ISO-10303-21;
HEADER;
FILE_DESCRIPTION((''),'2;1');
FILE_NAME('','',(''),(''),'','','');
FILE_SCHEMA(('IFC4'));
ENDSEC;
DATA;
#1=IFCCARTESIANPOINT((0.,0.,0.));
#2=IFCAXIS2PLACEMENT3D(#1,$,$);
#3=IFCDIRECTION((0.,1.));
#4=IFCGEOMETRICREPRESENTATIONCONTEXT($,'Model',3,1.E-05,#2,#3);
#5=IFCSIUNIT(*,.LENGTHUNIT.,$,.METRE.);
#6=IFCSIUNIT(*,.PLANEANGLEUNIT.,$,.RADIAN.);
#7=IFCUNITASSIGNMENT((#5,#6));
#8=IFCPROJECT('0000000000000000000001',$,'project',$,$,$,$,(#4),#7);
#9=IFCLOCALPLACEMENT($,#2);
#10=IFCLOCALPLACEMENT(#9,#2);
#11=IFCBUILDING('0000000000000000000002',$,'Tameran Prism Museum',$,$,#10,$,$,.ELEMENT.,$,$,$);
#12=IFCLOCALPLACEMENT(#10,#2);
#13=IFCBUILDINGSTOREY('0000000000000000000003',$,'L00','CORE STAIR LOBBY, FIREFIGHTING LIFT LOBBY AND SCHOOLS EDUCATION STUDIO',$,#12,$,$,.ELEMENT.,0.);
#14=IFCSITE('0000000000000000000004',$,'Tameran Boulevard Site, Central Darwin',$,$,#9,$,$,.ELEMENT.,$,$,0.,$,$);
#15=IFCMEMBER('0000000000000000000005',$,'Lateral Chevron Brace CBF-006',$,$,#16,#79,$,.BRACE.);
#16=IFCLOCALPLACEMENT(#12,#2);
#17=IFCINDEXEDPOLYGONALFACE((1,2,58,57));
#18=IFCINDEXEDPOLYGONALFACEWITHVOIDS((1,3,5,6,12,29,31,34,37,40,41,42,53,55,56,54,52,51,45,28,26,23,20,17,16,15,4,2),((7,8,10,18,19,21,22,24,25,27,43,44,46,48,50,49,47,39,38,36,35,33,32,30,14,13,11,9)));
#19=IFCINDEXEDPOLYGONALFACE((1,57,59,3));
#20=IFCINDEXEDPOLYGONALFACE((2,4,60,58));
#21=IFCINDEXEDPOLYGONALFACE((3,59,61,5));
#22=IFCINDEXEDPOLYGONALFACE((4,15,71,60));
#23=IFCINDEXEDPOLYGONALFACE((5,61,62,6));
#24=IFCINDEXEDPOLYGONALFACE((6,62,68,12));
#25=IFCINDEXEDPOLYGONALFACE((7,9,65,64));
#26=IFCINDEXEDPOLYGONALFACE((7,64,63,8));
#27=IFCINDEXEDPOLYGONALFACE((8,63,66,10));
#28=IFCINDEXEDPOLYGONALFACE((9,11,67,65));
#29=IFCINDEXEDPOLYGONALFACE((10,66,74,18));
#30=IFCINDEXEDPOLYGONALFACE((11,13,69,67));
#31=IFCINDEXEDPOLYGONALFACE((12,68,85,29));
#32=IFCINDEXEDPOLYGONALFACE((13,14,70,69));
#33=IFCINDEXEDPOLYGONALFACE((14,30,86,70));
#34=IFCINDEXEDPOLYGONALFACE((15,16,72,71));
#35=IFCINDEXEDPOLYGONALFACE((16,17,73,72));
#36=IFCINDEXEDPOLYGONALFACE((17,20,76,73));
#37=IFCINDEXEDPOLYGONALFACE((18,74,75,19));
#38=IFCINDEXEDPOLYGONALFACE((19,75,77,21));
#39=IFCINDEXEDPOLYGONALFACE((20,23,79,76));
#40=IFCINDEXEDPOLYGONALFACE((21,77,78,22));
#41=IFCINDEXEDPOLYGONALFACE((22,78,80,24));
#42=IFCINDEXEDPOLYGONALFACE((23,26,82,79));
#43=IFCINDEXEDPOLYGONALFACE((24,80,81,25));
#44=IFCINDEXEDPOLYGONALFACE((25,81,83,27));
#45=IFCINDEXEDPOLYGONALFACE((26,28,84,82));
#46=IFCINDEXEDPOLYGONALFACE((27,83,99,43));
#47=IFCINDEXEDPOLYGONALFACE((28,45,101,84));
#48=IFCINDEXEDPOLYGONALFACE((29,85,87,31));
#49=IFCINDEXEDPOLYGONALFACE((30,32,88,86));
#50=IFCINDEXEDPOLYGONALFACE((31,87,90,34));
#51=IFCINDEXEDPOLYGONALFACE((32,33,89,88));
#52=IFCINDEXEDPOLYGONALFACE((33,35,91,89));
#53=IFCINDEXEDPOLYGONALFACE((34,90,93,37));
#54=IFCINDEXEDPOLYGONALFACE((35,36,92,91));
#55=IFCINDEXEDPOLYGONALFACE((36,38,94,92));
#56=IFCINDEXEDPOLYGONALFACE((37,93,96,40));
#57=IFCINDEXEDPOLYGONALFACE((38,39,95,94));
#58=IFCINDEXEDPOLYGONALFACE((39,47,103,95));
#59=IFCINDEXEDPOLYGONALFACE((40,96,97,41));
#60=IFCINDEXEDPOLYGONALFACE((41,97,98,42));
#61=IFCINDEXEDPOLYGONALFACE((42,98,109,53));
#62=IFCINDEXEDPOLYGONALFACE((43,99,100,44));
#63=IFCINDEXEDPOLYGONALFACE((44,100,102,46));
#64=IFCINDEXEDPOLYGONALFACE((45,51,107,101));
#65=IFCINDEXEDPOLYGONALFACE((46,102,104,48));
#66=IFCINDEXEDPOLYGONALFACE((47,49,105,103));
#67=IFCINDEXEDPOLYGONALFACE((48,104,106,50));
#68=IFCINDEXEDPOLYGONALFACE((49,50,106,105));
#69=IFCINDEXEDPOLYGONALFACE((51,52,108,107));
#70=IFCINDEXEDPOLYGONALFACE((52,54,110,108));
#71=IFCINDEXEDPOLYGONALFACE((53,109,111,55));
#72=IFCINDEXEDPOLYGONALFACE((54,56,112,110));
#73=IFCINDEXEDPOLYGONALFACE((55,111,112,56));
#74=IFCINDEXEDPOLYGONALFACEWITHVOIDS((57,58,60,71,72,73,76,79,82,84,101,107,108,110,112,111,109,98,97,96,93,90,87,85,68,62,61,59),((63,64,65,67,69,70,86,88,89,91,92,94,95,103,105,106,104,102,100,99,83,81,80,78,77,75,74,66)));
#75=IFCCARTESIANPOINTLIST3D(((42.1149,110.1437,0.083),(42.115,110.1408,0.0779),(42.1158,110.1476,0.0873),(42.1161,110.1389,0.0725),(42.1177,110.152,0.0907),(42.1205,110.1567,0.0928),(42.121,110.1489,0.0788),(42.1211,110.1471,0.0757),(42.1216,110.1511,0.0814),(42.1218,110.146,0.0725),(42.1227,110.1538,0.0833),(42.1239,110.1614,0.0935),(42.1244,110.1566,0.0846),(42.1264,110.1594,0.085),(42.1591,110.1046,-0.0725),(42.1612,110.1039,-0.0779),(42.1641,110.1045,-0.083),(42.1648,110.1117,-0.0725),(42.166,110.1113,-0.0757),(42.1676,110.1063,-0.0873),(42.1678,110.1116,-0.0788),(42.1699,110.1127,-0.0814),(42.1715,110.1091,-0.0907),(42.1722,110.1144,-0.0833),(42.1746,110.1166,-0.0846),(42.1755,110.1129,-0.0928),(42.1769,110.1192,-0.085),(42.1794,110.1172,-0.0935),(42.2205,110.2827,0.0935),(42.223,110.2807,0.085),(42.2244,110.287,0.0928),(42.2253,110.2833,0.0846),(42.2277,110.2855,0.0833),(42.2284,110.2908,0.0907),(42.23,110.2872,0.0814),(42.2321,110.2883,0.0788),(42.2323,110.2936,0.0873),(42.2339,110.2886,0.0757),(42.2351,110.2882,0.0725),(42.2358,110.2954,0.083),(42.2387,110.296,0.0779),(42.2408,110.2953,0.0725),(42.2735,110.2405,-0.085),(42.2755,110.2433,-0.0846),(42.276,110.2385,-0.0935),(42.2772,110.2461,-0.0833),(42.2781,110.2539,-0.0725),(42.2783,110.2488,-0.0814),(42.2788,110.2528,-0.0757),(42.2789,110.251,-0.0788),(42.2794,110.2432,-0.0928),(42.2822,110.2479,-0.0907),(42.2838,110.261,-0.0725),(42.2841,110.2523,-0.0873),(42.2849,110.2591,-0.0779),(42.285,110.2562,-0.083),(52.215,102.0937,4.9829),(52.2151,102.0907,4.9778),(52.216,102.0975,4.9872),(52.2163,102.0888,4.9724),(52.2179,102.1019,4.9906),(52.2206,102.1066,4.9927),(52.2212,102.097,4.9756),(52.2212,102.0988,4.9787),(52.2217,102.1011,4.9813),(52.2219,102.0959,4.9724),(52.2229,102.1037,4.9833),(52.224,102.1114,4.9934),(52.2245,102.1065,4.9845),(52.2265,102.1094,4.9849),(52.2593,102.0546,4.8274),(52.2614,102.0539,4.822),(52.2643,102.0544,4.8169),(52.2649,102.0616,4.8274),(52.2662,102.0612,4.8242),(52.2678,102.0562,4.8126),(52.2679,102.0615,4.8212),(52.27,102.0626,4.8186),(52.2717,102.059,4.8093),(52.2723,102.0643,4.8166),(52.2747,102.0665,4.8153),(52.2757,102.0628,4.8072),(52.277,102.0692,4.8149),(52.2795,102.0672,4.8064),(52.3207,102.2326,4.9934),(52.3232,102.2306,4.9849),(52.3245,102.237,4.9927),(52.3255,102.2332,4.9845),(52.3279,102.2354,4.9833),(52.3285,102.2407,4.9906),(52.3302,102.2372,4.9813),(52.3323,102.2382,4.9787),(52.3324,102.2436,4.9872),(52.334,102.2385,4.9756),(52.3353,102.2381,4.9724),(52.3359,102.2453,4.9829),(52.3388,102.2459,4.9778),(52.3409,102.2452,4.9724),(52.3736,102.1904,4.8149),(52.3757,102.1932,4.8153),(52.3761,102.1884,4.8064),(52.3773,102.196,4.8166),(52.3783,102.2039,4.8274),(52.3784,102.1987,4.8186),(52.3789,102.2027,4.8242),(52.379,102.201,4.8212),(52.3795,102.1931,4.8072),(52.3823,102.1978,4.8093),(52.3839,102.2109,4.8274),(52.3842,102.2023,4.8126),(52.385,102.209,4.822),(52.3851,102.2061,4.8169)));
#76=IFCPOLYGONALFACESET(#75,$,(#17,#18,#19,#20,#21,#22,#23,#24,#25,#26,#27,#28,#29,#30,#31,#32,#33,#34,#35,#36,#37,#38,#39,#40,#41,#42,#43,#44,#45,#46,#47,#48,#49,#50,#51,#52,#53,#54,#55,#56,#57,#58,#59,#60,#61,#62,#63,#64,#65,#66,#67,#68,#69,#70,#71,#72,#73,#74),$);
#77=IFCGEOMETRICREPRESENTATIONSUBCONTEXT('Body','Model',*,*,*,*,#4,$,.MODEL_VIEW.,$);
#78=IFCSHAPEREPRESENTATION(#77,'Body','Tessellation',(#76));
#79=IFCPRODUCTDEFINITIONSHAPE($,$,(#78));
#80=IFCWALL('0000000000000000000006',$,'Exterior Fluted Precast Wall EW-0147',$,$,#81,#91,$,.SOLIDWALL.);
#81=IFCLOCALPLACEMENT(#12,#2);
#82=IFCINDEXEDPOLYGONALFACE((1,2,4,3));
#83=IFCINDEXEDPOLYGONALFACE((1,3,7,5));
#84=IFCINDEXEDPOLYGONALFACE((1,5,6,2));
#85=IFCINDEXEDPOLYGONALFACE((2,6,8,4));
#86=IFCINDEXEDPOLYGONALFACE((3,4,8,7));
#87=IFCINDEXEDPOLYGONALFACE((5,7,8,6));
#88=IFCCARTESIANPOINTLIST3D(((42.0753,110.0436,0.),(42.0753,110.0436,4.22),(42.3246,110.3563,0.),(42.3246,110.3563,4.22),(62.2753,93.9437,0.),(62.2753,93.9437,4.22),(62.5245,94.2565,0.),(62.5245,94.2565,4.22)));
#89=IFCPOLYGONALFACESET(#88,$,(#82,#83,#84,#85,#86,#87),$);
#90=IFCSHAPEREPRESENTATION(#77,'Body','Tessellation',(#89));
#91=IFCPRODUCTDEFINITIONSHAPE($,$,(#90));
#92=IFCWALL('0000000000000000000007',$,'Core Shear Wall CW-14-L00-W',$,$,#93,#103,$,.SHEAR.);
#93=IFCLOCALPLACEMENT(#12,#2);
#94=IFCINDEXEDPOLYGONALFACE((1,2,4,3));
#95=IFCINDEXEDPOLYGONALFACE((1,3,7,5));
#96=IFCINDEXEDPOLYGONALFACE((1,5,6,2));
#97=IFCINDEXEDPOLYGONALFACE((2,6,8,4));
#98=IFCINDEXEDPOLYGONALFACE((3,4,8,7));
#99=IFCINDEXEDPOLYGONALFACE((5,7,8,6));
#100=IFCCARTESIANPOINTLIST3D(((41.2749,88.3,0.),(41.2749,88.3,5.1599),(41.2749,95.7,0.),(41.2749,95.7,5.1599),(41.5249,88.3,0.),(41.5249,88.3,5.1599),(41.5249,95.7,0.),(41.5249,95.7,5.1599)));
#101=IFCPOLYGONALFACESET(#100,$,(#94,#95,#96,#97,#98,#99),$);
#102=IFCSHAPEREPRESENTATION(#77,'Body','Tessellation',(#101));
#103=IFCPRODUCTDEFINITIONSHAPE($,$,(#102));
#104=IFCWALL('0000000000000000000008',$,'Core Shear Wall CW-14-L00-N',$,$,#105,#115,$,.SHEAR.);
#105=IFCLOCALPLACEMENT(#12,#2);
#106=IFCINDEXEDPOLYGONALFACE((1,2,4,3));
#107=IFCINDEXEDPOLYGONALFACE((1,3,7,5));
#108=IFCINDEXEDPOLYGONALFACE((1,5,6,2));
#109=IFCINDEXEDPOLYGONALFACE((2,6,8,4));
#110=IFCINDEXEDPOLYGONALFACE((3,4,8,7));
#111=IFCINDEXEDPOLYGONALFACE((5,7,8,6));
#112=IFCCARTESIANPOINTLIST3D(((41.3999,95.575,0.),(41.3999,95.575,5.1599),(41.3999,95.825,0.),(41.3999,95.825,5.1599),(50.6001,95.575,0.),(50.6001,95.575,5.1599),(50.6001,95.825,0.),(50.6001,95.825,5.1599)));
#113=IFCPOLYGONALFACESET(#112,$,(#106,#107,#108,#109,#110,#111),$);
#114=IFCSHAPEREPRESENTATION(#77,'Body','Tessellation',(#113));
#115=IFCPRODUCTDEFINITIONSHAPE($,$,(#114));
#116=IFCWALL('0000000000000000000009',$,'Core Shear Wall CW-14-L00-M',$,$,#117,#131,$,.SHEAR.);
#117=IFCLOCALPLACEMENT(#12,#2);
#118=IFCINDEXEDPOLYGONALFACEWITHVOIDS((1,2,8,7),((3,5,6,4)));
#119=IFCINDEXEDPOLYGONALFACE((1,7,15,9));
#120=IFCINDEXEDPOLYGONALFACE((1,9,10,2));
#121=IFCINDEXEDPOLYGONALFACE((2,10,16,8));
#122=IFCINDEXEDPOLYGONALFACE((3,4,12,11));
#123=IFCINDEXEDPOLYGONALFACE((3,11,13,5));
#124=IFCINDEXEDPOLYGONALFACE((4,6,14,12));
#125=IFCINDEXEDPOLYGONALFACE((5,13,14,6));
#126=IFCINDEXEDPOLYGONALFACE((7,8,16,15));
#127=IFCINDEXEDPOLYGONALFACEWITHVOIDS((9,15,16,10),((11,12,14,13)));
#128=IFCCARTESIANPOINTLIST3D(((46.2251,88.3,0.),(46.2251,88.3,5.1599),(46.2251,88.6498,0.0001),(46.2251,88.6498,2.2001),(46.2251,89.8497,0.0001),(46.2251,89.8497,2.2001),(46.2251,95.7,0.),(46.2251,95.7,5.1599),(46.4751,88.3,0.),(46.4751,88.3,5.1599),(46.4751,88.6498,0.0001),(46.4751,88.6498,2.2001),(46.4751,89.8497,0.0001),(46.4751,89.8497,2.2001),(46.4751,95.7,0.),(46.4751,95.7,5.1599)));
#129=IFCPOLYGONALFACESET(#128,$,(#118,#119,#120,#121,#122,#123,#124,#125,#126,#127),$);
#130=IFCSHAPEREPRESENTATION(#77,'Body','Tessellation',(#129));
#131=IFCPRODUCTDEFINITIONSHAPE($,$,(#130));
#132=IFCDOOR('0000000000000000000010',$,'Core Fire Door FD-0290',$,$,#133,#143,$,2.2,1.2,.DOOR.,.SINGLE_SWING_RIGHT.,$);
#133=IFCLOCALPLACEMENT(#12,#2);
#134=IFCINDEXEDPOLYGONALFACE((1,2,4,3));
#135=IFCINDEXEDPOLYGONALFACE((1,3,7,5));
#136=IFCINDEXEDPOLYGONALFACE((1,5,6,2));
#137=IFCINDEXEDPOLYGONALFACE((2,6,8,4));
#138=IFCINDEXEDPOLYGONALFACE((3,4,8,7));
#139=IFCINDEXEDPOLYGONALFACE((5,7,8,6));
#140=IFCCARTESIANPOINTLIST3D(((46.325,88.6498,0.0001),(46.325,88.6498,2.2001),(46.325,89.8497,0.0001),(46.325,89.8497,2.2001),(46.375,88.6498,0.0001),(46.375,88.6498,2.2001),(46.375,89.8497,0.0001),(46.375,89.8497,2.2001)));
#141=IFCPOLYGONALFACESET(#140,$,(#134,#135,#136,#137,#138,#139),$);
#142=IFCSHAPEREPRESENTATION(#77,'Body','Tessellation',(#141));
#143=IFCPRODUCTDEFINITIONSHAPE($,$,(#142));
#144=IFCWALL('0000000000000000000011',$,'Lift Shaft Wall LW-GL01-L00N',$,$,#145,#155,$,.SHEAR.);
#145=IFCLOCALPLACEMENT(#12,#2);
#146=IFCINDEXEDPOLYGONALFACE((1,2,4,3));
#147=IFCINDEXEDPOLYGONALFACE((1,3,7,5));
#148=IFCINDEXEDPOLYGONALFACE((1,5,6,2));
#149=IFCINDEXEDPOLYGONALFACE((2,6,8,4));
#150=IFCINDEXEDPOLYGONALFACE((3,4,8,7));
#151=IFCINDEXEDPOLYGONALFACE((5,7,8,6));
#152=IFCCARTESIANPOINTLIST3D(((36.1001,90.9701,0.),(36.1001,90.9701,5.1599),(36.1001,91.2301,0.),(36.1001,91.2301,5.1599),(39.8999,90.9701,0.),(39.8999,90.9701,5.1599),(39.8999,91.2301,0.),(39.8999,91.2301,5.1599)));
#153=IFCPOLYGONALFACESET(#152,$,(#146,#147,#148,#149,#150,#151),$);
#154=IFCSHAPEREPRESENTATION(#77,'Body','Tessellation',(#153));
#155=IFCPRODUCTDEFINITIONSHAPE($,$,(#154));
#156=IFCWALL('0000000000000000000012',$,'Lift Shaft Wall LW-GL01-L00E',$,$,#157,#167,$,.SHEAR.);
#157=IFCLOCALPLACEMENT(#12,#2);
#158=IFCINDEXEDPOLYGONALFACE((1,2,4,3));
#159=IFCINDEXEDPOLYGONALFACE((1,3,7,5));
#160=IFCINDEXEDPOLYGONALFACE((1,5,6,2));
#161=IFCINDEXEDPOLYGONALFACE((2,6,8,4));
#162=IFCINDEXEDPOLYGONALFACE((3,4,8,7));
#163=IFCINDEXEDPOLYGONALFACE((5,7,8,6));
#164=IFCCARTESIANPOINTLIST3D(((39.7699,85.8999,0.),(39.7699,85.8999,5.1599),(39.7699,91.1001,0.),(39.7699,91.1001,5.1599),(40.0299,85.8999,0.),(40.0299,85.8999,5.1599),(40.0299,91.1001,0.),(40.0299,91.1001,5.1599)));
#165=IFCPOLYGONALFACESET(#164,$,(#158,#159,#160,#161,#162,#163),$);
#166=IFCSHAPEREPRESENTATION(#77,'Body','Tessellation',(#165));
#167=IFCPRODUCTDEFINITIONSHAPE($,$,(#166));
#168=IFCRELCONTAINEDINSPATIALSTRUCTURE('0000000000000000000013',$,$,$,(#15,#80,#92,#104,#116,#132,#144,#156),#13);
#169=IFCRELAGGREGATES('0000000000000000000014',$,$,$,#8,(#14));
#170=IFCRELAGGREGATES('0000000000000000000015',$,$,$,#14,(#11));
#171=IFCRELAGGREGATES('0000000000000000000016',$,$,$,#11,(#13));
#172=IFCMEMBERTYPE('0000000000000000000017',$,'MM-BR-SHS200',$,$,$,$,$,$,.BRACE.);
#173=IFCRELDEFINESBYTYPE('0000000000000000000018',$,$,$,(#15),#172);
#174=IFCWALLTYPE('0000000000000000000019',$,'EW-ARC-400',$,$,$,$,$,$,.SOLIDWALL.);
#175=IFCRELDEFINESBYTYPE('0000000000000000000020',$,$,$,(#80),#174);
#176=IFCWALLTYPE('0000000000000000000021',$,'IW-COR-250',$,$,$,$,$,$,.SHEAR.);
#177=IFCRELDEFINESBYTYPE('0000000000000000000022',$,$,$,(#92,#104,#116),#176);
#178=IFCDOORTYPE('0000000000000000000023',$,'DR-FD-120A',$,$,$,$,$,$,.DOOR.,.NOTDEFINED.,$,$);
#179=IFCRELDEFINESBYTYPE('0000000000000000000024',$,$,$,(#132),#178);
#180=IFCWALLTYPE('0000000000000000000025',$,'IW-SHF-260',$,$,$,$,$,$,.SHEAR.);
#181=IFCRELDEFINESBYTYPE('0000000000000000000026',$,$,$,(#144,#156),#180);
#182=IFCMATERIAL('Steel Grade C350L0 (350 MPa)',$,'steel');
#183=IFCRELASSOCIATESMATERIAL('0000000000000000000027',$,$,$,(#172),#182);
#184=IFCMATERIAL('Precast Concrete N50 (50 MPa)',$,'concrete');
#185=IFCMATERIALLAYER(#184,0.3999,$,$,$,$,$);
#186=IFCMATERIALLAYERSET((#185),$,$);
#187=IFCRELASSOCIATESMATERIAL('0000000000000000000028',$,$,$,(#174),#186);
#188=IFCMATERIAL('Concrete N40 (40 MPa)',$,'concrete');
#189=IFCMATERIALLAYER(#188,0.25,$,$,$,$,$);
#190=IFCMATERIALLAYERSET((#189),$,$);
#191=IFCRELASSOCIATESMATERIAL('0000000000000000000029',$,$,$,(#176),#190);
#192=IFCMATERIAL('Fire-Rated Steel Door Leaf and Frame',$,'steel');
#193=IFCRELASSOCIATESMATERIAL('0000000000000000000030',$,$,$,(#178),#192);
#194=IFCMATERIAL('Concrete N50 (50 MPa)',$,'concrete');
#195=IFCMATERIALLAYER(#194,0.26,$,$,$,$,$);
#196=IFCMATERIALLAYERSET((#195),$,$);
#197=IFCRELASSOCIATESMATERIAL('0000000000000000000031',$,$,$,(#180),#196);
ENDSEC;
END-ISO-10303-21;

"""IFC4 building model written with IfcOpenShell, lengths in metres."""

from ifc_helpers import new_model, si_unit, direction, frame, frame_2d, origin, origin_2d, place, context, subcontext, project, spatial, rectangle, hollow_rectangle, extrude, material, layer, layer_set, material_profile, profile_set, type_object, element, fill, save


model = new_model("IFC4")

# Units and contexts
model_context = context("Model", 3, precision=1e-05, world=origin(), true_north=direction((0.0, 1.0)))
body_context = subcontext(model_context, "Body", "Model", "MODEL_VIEW")
ifc_project = project(units=[si_unit("LENGTHUNIT", "METRE"), si_unit("PLANEANGLEUNIT", "RADIAN")], contexts=[model_context])

# Site, building, storey
site_placement = place(None, origin())
site = spatial("IfcSite", under=ifc_project, at=site_placement, Name="Tameran Boulevard Site, Central Darwin", CompositionType="ELEMENT", RefElevation=0.0)
building_placement = place(site_placement, origin())
building = spatial("IfcBuilding", under=site, at=building_placement, Name="Tameran Prism Museum", CompositionType="ELEMENT")
storey_placement = place(building_placement, origin())
storey = spatial("IfcBuildingStorey", under=building, at=storey_placement, Name="L00", Description="CORE STAIR LOBBY, FIREFIGHTING LIFT LOBBY AND SCHOOLS EDUCATION STUDIO", CompositionType="ELEMENT", Elevation=0.0)

# Member
ifc_material_1 = material(Name="Steel Grade C350L0 (350 MPa)", Category="steel")
ifc_material_profile_1 = material_profile(ifc_material_1, hollow_rectangle(XDim=0.2, YDim=0.2, WallThickness=0.009, InnerFilletRadius=0.0134, OuterFilletRadius=0.0225, at=origin_2d()))
ifc_profile_set_1 = profile_set([ifc_material_profile_1])
member_type = type_object("IfcMemberType", Name="MM-BR-SHS200", PredefinedType="BRACE", material=ifc_profile_set_1)
member_placement = place(storey_placement, frame((42.2, 110.2, 0.0), z_axis=(0.731154, -0.582749, 0.354708), x_axis=(0.623276, 0.782002, 0.0)))
element("IfcMember", 1, at=member_placement, inside=storey, type_object=member_type, Name="Lateral Chevron Brace CBF-006", PredefinedType="BRACE", context=body_context, shape_type="SweptSolid", body=[
    extrude(hollow_rectangle(XDim=0.2, YDim=0.2, WallThickness=0.009, InnerFilletRadius=0.0134, OuterFilletRadius=0.0225, at=origin_2d()), origin(), (0.0, 0.0, 1.0), 13.814),
])

# Walls
ifc_material_2 = material(Name="Precast Concrete N50 (50 MPa)", Category="concrete")
ifc_layer_1 = layer(ifc_material_2, 0.3999)
ifc_layer_set_1 = layer_set([ifc_layer_1])
wall_type_1 = type_object("IfcWallType", Name="EW-ARC-400", PredefinedType="SOLIDWALL", material=ifc_layer_set_1)
wall_1_placement = place(storey_placement, frame((42.2, 110.2, 0.0), z_axis=(0.0, 0.0, 1.0), x_axis=(0.782003, -0.623275, 0.0)))
element("IfcWall", 2, at=wall_1_placement, inside=storey, type_object=wall_type_1, Name="Exterior Fluted Precast Wall EW-0147", PredefinedType="SOLIDWALL", context=body_context, shape_type="SweptSolid", body=[
    extrude(rectangle(XDim=25.8311, YDim=0.3999, at=frame_2d((12.9155, 0.0))), origin(), (0.0, 0.0, 1.0), 4.22),
])
ifc_material_3 = material(Name="Concrete N40 (40 MPa)", Category="concrete")
ifc_layer_2 = layer(ifc_material_3, 0.25)
ifc_layer_set_2 = layer_set([ifc_layer_2])
wall_type_2 = type_object("IfcWallType", Name="IW-COR-250", PredefinedType="SHEAR", material=ifc_layer_set_2)
wall_2_placement = place(storey_placement, frame((41.3999, 88.3, 0.0), z_axis=(0.0, 0.0, 1.0), x_axis=(0.0, 1.0, 0.0)))
element("IfcWall", 3, at=wall_2_placement, inside=storey, type_object=wall_type_2, Name="Core Shear Wall CW-14-L00-W", PredefinedType="SHEAR", context=body_context, shape_type="SweptSolid", body=[
    extrude(rectangle(XDim=7.3999, YDim=0.25, at=frame_2d((3.7, 0.0))), origin(), (0.0, 0.0, 1.0), 5.1599),
])
wall_3_placement = place(storey_placement, frame((41.3999, 95.7, 0.0), z_axis=(0.0, 0.0, 1.0), x_axis=(1.0, 0.0, 0.0)))
element("IfcWall", 4, at=wall_3_placement, inside=storey, type_object=wall_type_2, Name="Core Shear Wall CW-14-L00-N", PredefinedType="SHEAR", context=body_context, shape_type="SweptSolid", body=[
    extrude(rectangle(XDim=9.2002, YDim=0.25, at=frame_2d((4.6001, 0.0))), origin(), (0.0, 0.0, 1.0), 5.1599),
])

# Wall, opening, door
wall_4_placement = place(storey_placement, frame((46.3501, 95.7, 0.0), z_axis=(0.0, 0.0, 1.0), x_axis=(0.0, -1.0, 0.0)))
wall_4 = element("IfcWall", 5, at=wall_4_placement, inside=storey, type_object=wall_type_2, Name="Core Shear Wall CW-14-L00-M", PredefinedType="SHEAR", context=body_context, shape_type="SweptSolid", body=[
    extrude(rectangle(XDim=7.3999, YDim=0.25, at=frame_2d((3.7, 0.0))), origin(), (0.0, 0.0, 1.0), 5.1599),
])
opening_1_placement = place(wall_4_placement, frame((5.8501, 0.0, 0.0)))
opening_1 = element("IfcOpeningElement", 6, at=opening_1_placement, cuts=wall_4, PredefinedType="OPENING", context=body_context, shape_type="SweptSolid", body=[
    extrude(rectangle(XDim=1.2, YDim=2.2, at=frame_2d((0.6001, 1.1001))), frame((0.0, 0.135, 0.0), z_axis=(0.0, -1.0, 0.0), x_axis=(1.0, 0.0, 0.0)), (0.0, 0.0, 1.0), 0.27),
])
ifc_material_4 = material(Name="Fire-Rated Steel Door Leaf and Frame", Category="steel")
door_type_1 = type_object("IfcDoorType", Name="DR-FD-120A", OperationType="NOTDEFINED", PredefinedType="DOOR", material=ifc_material_4)
door_1_placement = place(opening_1_placement, origin())
door_1 = element("IfcDoor", 7, at=door_1_placement, inside=storey, type_object=door_type_1, Name="Core Fire Door FD-0290", OperationType="SINGLE_SWING_RIGHT", OverallHeight=2.2, OverallWidth=1.2, PredefinedType="DOOR", context=body_context, shape_type="SweptSolid", body=[
    extrude(rectangle(XDim=1.2, YDim=2.2, at=frame_2d((0.6001, 1.1001))), frame((0.0, 0.0249, 0.0), z_axis=(0.0, -1.0, 0.0), x_axis=(1.0, 0.0, 0.0)), (0.0, 0.0, 1.0), 0.05),
])
fill(opening_1, door_1)

# Walls
ifc_material_5 = material(Name="Concrete N50 (50 MPa)", Category="concrete")
ifc_layer_3 = layer(ifc_material_5, 0.26)
ifc_layer_set_3 = layer_set([ifc_layer_3])
wall_type_3 = type_object("IfcWallType", Name="IW-SHF-260", PredefinedType="SHEAR", material=ifc_layer_set_3)
wall_5_placement = place(storey_placement, frame((36.1001, 91.1001, 0.0), z_axis=(0.0, 0.0, 1.0), x_axis=(1.0, 0.0, 0.0)))
element("IfcWall", 8, at=wall_5_placement, inside=storey, type_object=wall_type_3, Name="Lift Shaft Wall LW-GL01-L00N", PredefinedType="SHEAR", context=body_context, shape_type="SweptSolid", body=[
    extrude(rectangle(XDim=3.7998, YDim=0.26, at=frame_2d((1.8999, 0.0))), origin(), (0.0, 0.0, 1.0), 5.1599),
])
wall_6_placement = place(storey_placement, frame((39.8999, 91.1001, 0.0), z_axis=(0.0, 0.0, 1.0), x_axis=(0.0, -1.0, 0.0)))
element("IfcWall", 9, at=wall_6_placement, inside=storey, type_object=wall_type_3, Name="Lift Shaft Wall LW-GL01-L00E", PredefinedType="SHEAR", context=body_context, shape_type="SweptSolid", body=[
    extrude(rectangle(XDim=5.2002, YDim=0.26, at=frame_2d((2.6001, 0.0))), origin(), (0.0, 0.0, 1.0), 5.1599),
])

save(model, "model.ifc")
